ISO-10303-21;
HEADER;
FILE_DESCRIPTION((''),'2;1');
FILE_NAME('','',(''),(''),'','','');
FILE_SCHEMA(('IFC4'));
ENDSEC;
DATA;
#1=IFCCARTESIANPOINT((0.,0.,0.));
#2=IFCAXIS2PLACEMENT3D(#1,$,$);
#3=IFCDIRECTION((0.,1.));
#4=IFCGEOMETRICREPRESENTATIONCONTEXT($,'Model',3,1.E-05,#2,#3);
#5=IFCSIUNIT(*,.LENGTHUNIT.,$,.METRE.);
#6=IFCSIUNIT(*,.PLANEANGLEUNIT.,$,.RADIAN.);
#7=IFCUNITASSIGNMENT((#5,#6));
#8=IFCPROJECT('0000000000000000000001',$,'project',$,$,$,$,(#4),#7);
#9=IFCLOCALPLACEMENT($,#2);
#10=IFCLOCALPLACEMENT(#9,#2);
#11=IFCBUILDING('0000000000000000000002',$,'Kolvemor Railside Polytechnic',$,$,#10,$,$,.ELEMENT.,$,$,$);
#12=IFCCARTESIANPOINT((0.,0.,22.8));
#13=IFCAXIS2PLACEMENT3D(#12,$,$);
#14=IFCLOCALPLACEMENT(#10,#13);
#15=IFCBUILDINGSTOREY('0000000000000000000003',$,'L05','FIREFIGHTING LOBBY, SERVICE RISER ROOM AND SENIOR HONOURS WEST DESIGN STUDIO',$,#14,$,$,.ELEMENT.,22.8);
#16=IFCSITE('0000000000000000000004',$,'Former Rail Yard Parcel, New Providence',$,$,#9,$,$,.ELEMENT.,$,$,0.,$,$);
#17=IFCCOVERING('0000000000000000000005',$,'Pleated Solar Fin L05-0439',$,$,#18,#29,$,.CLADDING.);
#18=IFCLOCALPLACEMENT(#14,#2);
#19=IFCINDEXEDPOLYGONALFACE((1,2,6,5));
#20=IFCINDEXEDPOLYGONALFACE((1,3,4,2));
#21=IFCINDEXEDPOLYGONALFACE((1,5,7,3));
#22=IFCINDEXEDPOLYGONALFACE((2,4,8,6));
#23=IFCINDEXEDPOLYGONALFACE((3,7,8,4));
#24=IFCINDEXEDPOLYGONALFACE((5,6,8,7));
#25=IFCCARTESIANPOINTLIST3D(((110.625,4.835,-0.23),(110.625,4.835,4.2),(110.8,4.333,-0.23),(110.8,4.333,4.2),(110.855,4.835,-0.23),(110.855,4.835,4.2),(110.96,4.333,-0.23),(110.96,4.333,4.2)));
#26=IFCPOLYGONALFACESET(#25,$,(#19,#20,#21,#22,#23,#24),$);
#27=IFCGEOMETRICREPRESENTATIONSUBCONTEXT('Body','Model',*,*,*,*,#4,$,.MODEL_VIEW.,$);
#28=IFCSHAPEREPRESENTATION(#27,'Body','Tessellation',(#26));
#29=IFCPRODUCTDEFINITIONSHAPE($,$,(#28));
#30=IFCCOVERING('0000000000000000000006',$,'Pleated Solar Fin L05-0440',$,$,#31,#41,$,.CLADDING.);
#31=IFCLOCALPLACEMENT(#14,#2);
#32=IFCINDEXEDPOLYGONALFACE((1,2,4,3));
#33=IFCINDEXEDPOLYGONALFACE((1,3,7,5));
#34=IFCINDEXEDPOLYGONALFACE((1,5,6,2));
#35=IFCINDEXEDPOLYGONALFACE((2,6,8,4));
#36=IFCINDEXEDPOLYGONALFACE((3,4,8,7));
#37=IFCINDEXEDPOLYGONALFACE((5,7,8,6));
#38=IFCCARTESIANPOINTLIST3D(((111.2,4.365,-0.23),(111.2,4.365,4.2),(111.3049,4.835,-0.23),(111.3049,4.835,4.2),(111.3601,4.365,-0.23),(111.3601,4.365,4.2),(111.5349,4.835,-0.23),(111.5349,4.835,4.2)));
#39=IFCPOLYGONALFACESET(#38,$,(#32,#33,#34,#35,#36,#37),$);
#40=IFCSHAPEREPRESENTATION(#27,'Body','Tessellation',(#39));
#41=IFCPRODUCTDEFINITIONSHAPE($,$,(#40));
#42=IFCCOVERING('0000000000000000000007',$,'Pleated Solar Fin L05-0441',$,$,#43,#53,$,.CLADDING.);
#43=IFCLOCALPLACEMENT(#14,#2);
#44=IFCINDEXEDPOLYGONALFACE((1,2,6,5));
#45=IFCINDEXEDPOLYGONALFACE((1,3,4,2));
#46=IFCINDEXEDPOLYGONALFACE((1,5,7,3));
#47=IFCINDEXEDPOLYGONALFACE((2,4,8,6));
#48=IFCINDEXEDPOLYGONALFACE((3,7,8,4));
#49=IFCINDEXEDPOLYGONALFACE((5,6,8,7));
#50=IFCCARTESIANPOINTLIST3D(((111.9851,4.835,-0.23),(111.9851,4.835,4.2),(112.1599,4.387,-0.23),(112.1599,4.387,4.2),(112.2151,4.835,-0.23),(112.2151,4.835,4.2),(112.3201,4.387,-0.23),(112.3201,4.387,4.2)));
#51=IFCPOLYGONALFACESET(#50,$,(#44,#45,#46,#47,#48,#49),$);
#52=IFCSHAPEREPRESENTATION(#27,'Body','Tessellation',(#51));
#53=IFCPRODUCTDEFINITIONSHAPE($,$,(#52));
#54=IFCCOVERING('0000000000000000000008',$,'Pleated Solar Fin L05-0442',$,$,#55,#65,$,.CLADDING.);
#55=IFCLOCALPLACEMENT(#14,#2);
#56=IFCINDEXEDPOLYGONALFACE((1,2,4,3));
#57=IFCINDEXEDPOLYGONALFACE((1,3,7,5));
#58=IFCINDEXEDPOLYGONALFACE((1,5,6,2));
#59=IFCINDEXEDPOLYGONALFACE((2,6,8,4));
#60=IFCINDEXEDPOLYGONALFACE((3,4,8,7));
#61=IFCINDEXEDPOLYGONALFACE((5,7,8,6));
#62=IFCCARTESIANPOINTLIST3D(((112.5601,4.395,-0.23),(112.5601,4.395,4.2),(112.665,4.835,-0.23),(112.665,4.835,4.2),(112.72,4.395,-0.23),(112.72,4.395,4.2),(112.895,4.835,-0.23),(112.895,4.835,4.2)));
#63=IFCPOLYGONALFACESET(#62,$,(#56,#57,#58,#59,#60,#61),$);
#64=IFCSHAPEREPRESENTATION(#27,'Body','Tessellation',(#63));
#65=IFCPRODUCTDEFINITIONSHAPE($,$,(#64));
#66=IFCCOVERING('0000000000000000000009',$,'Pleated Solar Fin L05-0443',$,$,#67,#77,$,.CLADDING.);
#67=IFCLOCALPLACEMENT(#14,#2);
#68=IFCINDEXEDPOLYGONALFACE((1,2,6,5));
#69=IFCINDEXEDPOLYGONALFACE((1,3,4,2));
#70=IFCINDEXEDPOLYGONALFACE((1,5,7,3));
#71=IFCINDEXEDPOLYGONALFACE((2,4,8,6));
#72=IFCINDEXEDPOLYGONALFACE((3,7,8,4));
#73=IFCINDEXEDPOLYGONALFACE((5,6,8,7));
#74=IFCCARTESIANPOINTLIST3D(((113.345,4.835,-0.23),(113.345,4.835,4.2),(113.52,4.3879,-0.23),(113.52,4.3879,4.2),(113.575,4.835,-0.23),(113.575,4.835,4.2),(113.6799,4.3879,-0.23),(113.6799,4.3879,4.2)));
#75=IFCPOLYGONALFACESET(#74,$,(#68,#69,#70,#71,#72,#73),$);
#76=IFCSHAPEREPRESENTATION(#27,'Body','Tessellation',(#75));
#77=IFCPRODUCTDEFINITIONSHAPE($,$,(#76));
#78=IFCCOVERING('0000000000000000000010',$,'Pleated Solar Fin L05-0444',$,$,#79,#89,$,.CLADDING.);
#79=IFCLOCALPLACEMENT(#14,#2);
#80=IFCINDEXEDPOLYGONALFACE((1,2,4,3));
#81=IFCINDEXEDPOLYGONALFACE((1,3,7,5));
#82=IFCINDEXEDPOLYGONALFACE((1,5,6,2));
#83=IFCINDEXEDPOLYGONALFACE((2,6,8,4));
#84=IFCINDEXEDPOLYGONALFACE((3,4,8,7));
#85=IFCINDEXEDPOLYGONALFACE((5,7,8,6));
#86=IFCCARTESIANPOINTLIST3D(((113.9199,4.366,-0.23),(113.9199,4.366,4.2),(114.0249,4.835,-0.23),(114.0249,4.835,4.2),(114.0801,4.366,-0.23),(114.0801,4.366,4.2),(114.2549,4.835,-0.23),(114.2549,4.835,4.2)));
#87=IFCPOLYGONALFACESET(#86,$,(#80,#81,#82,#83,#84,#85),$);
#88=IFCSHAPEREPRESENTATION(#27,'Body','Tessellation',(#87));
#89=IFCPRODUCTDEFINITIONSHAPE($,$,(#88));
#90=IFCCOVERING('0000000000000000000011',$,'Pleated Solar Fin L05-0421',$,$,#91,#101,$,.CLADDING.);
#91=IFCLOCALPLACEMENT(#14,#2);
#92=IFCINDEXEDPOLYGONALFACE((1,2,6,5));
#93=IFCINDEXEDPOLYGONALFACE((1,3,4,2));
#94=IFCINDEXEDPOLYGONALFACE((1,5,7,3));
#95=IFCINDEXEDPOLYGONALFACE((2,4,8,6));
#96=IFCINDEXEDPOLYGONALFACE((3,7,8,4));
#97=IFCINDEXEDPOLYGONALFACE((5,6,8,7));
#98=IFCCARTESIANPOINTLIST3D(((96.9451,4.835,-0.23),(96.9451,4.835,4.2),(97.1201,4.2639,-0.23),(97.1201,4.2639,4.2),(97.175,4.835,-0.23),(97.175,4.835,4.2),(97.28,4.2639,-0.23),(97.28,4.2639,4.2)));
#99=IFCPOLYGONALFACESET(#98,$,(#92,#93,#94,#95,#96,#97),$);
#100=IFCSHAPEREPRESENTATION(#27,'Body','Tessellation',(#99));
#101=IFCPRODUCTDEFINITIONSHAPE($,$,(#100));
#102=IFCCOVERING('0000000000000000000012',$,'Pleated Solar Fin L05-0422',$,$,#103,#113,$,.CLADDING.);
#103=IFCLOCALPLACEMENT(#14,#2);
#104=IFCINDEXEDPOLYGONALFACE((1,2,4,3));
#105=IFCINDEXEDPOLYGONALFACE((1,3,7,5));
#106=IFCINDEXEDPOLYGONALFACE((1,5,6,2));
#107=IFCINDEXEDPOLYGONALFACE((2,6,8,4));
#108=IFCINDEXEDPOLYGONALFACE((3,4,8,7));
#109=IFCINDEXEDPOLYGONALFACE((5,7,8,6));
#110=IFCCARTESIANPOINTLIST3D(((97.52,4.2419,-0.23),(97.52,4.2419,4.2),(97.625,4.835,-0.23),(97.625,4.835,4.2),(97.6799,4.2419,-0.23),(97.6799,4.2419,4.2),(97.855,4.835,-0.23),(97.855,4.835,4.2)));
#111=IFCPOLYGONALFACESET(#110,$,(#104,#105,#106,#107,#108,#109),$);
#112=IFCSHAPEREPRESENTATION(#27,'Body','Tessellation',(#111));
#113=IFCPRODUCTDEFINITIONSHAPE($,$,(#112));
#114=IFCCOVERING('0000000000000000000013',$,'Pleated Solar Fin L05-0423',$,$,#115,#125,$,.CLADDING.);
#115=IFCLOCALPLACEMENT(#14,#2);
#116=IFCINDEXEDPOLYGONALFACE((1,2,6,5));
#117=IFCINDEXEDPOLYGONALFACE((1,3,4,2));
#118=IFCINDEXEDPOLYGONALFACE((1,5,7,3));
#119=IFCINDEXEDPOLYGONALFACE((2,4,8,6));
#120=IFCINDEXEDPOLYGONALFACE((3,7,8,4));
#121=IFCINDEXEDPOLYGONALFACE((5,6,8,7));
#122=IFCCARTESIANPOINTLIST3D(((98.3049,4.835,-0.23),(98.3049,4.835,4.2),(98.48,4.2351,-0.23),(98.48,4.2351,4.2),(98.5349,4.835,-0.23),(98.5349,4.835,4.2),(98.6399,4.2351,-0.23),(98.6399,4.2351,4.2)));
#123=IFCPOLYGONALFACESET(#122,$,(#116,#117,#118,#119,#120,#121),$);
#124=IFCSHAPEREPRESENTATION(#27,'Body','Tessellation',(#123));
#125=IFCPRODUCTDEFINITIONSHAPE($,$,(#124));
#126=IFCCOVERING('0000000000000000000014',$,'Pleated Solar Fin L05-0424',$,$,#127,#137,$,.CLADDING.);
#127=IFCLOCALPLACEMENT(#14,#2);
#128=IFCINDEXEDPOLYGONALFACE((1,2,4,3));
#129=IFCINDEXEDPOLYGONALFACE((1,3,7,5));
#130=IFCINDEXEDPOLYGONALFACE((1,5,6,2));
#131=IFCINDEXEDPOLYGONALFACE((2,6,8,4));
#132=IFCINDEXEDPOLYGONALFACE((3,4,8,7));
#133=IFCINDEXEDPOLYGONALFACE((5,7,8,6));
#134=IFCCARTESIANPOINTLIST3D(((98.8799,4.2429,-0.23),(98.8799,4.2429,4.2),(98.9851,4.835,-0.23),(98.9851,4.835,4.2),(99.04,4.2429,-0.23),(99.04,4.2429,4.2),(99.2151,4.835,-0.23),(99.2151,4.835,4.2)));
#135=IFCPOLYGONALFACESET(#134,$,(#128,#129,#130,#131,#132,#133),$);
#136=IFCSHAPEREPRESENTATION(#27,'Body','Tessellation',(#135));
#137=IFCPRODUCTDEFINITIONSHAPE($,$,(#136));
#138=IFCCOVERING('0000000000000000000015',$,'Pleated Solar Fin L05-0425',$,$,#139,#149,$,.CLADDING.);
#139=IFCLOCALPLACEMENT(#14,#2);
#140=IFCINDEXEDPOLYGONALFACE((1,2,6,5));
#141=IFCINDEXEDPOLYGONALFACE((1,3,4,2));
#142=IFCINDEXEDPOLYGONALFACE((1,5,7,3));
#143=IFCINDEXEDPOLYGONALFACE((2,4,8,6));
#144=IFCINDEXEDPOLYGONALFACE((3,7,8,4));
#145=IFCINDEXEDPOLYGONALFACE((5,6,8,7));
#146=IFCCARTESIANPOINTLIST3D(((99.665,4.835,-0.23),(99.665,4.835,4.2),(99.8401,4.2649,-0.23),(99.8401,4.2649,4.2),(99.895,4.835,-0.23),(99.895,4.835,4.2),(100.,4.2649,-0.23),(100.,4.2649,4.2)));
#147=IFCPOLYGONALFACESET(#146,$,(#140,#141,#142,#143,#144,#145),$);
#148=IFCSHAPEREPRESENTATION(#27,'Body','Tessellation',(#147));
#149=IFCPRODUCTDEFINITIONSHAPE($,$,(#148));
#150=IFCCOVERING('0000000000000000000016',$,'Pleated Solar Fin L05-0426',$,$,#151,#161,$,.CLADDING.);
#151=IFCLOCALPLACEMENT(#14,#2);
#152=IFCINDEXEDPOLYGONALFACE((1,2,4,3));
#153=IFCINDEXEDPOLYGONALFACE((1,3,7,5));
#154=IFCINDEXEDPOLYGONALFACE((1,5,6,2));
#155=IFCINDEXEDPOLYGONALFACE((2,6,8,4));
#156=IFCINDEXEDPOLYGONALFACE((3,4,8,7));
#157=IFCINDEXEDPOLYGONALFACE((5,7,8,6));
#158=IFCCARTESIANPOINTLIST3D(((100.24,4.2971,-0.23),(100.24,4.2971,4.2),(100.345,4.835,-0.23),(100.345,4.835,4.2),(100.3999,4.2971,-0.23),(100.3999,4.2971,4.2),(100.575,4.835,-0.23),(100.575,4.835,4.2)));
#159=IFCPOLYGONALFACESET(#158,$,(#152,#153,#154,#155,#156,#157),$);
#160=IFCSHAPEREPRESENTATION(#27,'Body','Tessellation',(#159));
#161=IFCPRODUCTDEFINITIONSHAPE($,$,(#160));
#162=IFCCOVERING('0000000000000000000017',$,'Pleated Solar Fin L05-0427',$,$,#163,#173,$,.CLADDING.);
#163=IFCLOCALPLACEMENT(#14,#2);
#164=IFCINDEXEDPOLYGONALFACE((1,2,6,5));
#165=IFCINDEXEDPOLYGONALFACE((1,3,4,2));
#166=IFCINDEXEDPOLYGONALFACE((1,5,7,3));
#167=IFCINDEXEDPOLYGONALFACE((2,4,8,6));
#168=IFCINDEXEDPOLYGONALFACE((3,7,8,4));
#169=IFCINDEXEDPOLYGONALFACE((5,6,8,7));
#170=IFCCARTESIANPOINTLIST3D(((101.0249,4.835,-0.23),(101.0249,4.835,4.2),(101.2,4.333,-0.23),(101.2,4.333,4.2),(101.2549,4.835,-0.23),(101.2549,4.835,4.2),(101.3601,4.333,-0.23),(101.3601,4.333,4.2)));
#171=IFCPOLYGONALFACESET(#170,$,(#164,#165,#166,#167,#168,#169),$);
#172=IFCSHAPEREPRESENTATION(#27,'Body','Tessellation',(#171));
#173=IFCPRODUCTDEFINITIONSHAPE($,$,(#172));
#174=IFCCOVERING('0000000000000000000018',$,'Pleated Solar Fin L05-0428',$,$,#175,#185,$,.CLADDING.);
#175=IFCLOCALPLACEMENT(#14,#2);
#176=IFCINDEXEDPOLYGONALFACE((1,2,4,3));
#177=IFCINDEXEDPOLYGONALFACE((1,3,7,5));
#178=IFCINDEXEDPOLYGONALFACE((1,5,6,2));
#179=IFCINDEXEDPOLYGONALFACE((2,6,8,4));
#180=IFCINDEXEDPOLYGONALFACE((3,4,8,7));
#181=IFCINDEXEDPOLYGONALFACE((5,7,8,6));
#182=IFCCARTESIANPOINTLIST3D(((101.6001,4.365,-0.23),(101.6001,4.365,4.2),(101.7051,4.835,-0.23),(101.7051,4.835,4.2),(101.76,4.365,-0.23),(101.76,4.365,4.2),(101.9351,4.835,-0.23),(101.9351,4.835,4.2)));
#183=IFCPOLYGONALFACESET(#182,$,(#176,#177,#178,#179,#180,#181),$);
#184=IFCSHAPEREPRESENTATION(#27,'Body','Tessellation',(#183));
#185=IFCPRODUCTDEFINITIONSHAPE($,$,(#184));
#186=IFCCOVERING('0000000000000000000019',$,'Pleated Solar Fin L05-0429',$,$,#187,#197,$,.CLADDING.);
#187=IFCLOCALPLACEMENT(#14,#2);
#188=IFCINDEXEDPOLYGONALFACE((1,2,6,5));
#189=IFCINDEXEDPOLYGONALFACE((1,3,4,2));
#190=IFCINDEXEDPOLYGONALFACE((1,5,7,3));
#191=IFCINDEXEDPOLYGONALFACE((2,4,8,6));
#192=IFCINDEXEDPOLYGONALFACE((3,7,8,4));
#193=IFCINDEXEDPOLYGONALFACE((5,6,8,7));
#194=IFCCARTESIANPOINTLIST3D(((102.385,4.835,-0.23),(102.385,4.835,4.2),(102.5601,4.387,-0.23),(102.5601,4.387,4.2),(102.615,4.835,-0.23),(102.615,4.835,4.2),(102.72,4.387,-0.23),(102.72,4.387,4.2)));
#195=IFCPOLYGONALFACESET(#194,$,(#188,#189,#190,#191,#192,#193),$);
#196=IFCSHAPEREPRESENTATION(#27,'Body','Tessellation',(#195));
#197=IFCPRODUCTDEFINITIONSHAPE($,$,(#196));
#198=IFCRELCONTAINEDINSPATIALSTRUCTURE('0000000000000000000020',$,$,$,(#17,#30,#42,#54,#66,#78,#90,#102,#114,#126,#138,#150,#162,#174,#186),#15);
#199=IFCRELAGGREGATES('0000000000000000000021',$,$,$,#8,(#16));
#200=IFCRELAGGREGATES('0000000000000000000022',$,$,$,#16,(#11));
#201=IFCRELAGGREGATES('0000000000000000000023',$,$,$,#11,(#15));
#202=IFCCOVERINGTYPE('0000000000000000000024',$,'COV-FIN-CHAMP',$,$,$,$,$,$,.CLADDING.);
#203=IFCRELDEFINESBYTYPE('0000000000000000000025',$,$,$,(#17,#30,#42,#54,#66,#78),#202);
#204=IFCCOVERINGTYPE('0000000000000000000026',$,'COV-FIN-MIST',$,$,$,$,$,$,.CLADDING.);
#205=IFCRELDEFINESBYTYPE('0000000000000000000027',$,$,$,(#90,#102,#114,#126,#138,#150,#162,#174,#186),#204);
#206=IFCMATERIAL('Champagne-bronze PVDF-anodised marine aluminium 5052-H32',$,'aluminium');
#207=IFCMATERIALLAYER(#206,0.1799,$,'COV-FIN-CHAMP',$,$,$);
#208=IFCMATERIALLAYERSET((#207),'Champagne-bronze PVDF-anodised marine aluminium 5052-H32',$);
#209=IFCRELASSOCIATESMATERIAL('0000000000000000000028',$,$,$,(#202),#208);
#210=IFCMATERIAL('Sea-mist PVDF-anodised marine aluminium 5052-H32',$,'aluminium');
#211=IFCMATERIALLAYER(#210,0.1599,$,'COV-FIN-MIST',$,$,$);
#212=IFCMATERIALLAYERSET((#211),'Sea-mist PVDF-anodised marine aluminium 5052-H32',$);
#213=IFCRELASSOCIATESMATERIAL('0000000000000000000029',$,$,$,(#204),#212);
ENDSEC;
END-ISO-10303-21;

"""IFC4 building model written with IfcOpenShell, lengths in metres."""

from ifc_helpers import new_model, si_unit, direction, frame, origin, place, context, subcontext, project, spatial, polyline, outline, extrude, material, layer, layer_set, type_object, element, save


model = new_model("IFC4")

# Units and contexts
model_context = context("Model", 3, precision=1e-05, world=origin(), true_north=direction((0.0, 1.0)))
body_context = subcontext(model_context, "Body", "Model", "MODEL_VIEW")
ifc_project = project(units=[si_unit("LENGTHUNIT", "METRE"), si_unit("PLANEANGLEUNIT", "RADIAN")], contexts=[model_context])

# Site, building, storey
site_placement = place(None, origin())
site = spatial("IfcSite", under=ifc_project, at=site_placement, Name="Former Rail Yard Parcel, New Providence", CompositionType="ELEMENT", RefElevation=0.0)
building_placement = place(site_placement, origin())
building = spatial("IfcBuilding", under=site, at=building_placement, Name="Kolvemor Railside Polytechnic", CompositionType="ELEMENT")
storey_placement = place(building_placement, frame((0.0, 0.0, 22.8)))
storey = spatial("IfcBuildingStorey", under=building, at=storey_placement, Name="L05", Description="FIREFIGHTING LOBBY, SERVICE RISER ROOM AND SENIOR HONOURS WEST DESIGN STUDIO", CompositionType="ELEMENT", Elevation=22.8)

# Coverings
ifc_material_1 = material(Name="Champagne-bronze PVDF-anodised marine aluminium 5052-H32", Category="aluminium")
ifc_layer_1 = layer(ifc_material_1, 0.1799, Name="COV-FIN-CHAMP")
ifc_layer_set_1 = layer_set([ifc_layer_1], Name="Champagne-bronze PVDF-anodised marine aluminium 5052-H32")
covering_type_1 = type_object("IfcCoveringType", Name="COV-FIN-CHAMP", PredefinedType="CLADDING", material=ifc_layer_set_1)
covering_1_placement = place(storey_placement, frame((0.0, 0.0, -0.23)))
element("IfcCovering", 1, at=covering_1_placement, inside=storey, type_object=covering_type_1, Name="Pleated Solar Fin L05-0439", PredefinedType="CLADDING", context=body_context, shape_type="SweptSolid", body=[
    extrude(outline(polyline([(110.625, 4.835), (110.855, 4.835), (110.96, 4.333), (110.8, 4.333), (110.625, 4.835)])), origin(), (0.0, 0.0, 1.0), 4.4299),
])
covering_2_placement = place(storey_placement, frame((0.0, 0.0, -0.23)))
element("IfcCovering", 2, at=covering_2_placement, inside=storey, type_object=covering_type_1, Name="Pleated Solar Fin L05-0440", PredefinedType="CLADDING", context=body_context, shape_type="SweptSolid", body=[
    extrude(outline(polyline([(111.3049, 4.835), (111.5349, 4.835), (111.3601, 4.365), (111.2, 4.365), (111.3049, 4.835)])), origin(), (0.0, 0.0, 1.0), 4.4299),
])
covering_3_placement = place(storey_placement, frame((0.0, 0.0, -0.23)))
element("IfcCovering", 3, at=covering_3_placement, inside=storey, type_object=covering_type_1, Name="Pleated Solar Fin L05-0441", PredefinedType="CLADDING", context=body_context, shape_type="SweptSolid", body=[
    extrude(outline(polyline([(111.9851, 4.835), (112.2151, 4.835), (112.3201, 4.387), (112.1599, 4.387), (111.9851, 4.835)])), origin(), (0.0, 0.0, 1.0), 4.4299),
])
covering_4_placement = place(storey_placement, frame((0.0, 0.0, -0.23)))
element("IfcCovering", 4, at=covering_4_placement, inside=storey, type_object=covering_type_1, Name="Pleated Solar Fin L05-0442", PredefinedType="CLADDING", context=body_context, shape_type="SweptSolid", body=[
    extrude(outline(polyline([(112.665, 4.835), (112.895, 4.835), (112.72, 4.395), (112.5601, 4.395), (112.665, 4.835)])), origin(), (0.0, 0.0, 1.0), 4.4299),
])
covering_5_placement = place(storey_placement, frame((0.0, 0.0, -0.23)))
element("IfcCovering", 5, at=covering_5_placement, inside=storey, type_object=covering_type_1, Name="Pleated Solar Fin L05-0443", PredefinedType="CLADDING", context=body_context, shape_type="SweptSolid", body=[
    extrude(outline(polyline([(113.345, 4.835), (113.575, 4.835), (113.6799, 4.3879), (113.52, 4.3879), (113.345, 4.835)])), origin(), (0.0, 0.0, 1.0), 4.4299),
])
covering_6_placement = place(storey_placement, frame((0.0, 0.0, -0.23)))
element("IfcCovering", 6, at=covering_6_placement, inside=storey, type_object=covering_type_1, Name="Pleated Solar Fin L05-0444", PredefinedType="CLADDING", context=body_context, shape_type="SweptSolid", body=[
    extrude(outline(polyline([(114.0249, 4.835), (114.2549, 4.835), (114.0801, 4.366), (113.9199, 4.366), (114.0249, 4.835)])), origin(), (0.0, 0.0, 1.0), 4.4299),
])
ifc_material_2 = material(Name="Sea-mist PVDF-anodised marine aluminium 5052-H32", Category="aluminium")
ifc_layer_2 = layer(ifc_material_2, 0.1599, Name="COV-FIN-MIST")
ifc_layer_set_2 = layer_set([ifc_layer_2], Name="Sea-mist PVDF-anodised marine aluminium 5052-H32")
covering_type_2 = type_object("IfcCoveringType", Name="COV-FIN-MIST", PredefinedType="CLADDING", material=ifc_layer_set_2)
covering_7_placement = place(storey_placement, frame((0.0, 0.0, -0.23)))
element("IfcCovering", 7, at=covering_7_placement, inside=storey, type_object=covering_type_2, Name="Pleated Solar Fin L05-0421", PredefinedType="CLADDING", context=body_context, shape_type="SweptSolid", body=[
    extrude(outline(polyline([(96.9451, 4.835), (97.175, 4.835), (97.28, 4.2639), (97.1201, 4.2639), (96.9451, 4.835)])), origin(), (0.0, 0.0, 1.0), 4.4299),
])
covering_8_placement = place(storey_placement, frame((0.0, 0.0, -0.23)))
element("IfcCovering", 8, at=covering_8_placement, inside=storey, type_object=covering_type_2, Name="Pleated Solar Fin L05-0422", PredefinedType="CLADDING", context=body_context, shape_type="SweptSolid", body=[
    extrude(outline(polyline([(97.625, 4.835), (97.855, 4.835), (97.6799, 4.2419), (97.52, 4.2419), (97.625, 4.835)])), origin(), (0.0, 0.0, 1.0), 4.4299),
])
covering_9_placement = place(storey_placement, frame((0.0, 0.0, -0.23)))
element("IfcCovering", 9, at=covering_9_placement, inside=storey, type_object=covering_type_2, Name="Pleated Solar Fin L05-0423", PredefinedType="CLADDING", context=body_context, shape_type="SweptSolid", body=[
    extrude(outline(polyline([(98.3049, 4.835), (98.5349, 4.835), (98.6399, 4.2351), (98.48, 4.2351), (98.3049, 4.835)])), origin(), (0.0, 0.0, 1.0), 4.4299),
])
covering_10_placement = place(storey_placement, frame((0.0, 0.0, -0.23)))
element("IfcCovering", 10, at=covering_10_placement, inside=storey, type_object=covering_type_2, Name="Pleated Solar Fin L05-0424", PredefinedType="CLADDING", context=body_context, shape_type="SweptSolid", body=[
    extrude(outline(polyline([(98.9851, 4.835), (99.2151, 4.835), (99.04, 4.2429), (98.8799, 4.2429), (98.9851, 4.835)])), origin(), (0.0, 0.0, 1.0), 4.4299),
])
covering_11_placement = place(storey_placement, frame((0.0, 0.0, -0.23)))
element("IfcCovering", 11, at=covering_11_placement, inside=storey, type_object=covering_type_2, Name="Pleated Solar Fin L05-0425", PredefinedType="CLADDING", context=body_context, shape_type="SweptSolid", body=[
    extrude(outline(polyline([(99.665, 4.835), (99.895, 4.835), (100.0, 4.2649), (99.8401, 4.2649), (99.665, 4.835)])), origin(), (0.0, 0.0, 1.0), 4.4299),
])
covering_12_placement = place(storey_placement, frame((0.0, 0.0, -0.23)))
element("IfcCovering", 12, at=covering_12_placement, inside=storey, type_object=covering_type_2, Name="Pleated Solar Fin L05-0426", PredefinedType="CLADDING", context=body_context, shape_type="SweptSolid", body=[
    extrude(outline(polyline([(100.345, 4.835), (100.575, 4.835), (100.3999, 4.2971), (100.24, 4.2971), (100.345, 4.835)])), origin(), (0.0, 0.0, 1.0), 4.4299),
])
covering_13_placement = place(storey_placement, frame((0.0, 0.0, -0.23)))
element("IfcCovering", 13, at=covering_13_placement, inside=storey, type_object=covering_type_2, Name="Pleated Solar Fin L05-0427", PredefinedType="CLADDING", context=body_context, shape_type="SweptSolid", body=[
    extrude(outline(polyline([(101.0249, 4.835), (101.2549, 4.835), (101.3601, 4.333), (101.2, 4.333), (101.0249, 4.835)])), origin(), (0.0, 0.0, 1.0), 4.4299),
])
covering_14_placement = place(storey_placement, frame((0.0, 0.0, -0.23)))
element("IfcCovering", 14, at=covering_14_placement, inside=storey, type_object=covering_type_2, Name="Pleated Solar Fin L05-0428", PredefinedType="CLADDING", context=body_context, shape_type="SweptSolid", body=[
    extrude(outline(polyline([(101.7051, 4.835), (101.9351, 4.835), (101.76, 4.365), (101.6001, 4.365), (101.7051, 4.835)])), origin(), (0.0, 0.0, 1.0), 4.4299),
])
covering_15_placement = place(storey_placement, frame((0.0, 0.0, -0.23)))
element("IfcCovering", 15, at=covering_15_placement, inside=storey, type_object=covering_type_2, Name="Pleated Solar Fin L05-0429", PredefinedType="CLADDING", context=body_context, shape_type="SweptSolid", body=[
    extrude(outline(polyline([(102.385, 4.835), (102.615, 4.835), (102.72, 4.387), (102.5601, 4.387), (102.385, 4.835)])), origin(), (0.0, 0.0, 1.0), 4.4299),
])

save(model, "model.ifc")
